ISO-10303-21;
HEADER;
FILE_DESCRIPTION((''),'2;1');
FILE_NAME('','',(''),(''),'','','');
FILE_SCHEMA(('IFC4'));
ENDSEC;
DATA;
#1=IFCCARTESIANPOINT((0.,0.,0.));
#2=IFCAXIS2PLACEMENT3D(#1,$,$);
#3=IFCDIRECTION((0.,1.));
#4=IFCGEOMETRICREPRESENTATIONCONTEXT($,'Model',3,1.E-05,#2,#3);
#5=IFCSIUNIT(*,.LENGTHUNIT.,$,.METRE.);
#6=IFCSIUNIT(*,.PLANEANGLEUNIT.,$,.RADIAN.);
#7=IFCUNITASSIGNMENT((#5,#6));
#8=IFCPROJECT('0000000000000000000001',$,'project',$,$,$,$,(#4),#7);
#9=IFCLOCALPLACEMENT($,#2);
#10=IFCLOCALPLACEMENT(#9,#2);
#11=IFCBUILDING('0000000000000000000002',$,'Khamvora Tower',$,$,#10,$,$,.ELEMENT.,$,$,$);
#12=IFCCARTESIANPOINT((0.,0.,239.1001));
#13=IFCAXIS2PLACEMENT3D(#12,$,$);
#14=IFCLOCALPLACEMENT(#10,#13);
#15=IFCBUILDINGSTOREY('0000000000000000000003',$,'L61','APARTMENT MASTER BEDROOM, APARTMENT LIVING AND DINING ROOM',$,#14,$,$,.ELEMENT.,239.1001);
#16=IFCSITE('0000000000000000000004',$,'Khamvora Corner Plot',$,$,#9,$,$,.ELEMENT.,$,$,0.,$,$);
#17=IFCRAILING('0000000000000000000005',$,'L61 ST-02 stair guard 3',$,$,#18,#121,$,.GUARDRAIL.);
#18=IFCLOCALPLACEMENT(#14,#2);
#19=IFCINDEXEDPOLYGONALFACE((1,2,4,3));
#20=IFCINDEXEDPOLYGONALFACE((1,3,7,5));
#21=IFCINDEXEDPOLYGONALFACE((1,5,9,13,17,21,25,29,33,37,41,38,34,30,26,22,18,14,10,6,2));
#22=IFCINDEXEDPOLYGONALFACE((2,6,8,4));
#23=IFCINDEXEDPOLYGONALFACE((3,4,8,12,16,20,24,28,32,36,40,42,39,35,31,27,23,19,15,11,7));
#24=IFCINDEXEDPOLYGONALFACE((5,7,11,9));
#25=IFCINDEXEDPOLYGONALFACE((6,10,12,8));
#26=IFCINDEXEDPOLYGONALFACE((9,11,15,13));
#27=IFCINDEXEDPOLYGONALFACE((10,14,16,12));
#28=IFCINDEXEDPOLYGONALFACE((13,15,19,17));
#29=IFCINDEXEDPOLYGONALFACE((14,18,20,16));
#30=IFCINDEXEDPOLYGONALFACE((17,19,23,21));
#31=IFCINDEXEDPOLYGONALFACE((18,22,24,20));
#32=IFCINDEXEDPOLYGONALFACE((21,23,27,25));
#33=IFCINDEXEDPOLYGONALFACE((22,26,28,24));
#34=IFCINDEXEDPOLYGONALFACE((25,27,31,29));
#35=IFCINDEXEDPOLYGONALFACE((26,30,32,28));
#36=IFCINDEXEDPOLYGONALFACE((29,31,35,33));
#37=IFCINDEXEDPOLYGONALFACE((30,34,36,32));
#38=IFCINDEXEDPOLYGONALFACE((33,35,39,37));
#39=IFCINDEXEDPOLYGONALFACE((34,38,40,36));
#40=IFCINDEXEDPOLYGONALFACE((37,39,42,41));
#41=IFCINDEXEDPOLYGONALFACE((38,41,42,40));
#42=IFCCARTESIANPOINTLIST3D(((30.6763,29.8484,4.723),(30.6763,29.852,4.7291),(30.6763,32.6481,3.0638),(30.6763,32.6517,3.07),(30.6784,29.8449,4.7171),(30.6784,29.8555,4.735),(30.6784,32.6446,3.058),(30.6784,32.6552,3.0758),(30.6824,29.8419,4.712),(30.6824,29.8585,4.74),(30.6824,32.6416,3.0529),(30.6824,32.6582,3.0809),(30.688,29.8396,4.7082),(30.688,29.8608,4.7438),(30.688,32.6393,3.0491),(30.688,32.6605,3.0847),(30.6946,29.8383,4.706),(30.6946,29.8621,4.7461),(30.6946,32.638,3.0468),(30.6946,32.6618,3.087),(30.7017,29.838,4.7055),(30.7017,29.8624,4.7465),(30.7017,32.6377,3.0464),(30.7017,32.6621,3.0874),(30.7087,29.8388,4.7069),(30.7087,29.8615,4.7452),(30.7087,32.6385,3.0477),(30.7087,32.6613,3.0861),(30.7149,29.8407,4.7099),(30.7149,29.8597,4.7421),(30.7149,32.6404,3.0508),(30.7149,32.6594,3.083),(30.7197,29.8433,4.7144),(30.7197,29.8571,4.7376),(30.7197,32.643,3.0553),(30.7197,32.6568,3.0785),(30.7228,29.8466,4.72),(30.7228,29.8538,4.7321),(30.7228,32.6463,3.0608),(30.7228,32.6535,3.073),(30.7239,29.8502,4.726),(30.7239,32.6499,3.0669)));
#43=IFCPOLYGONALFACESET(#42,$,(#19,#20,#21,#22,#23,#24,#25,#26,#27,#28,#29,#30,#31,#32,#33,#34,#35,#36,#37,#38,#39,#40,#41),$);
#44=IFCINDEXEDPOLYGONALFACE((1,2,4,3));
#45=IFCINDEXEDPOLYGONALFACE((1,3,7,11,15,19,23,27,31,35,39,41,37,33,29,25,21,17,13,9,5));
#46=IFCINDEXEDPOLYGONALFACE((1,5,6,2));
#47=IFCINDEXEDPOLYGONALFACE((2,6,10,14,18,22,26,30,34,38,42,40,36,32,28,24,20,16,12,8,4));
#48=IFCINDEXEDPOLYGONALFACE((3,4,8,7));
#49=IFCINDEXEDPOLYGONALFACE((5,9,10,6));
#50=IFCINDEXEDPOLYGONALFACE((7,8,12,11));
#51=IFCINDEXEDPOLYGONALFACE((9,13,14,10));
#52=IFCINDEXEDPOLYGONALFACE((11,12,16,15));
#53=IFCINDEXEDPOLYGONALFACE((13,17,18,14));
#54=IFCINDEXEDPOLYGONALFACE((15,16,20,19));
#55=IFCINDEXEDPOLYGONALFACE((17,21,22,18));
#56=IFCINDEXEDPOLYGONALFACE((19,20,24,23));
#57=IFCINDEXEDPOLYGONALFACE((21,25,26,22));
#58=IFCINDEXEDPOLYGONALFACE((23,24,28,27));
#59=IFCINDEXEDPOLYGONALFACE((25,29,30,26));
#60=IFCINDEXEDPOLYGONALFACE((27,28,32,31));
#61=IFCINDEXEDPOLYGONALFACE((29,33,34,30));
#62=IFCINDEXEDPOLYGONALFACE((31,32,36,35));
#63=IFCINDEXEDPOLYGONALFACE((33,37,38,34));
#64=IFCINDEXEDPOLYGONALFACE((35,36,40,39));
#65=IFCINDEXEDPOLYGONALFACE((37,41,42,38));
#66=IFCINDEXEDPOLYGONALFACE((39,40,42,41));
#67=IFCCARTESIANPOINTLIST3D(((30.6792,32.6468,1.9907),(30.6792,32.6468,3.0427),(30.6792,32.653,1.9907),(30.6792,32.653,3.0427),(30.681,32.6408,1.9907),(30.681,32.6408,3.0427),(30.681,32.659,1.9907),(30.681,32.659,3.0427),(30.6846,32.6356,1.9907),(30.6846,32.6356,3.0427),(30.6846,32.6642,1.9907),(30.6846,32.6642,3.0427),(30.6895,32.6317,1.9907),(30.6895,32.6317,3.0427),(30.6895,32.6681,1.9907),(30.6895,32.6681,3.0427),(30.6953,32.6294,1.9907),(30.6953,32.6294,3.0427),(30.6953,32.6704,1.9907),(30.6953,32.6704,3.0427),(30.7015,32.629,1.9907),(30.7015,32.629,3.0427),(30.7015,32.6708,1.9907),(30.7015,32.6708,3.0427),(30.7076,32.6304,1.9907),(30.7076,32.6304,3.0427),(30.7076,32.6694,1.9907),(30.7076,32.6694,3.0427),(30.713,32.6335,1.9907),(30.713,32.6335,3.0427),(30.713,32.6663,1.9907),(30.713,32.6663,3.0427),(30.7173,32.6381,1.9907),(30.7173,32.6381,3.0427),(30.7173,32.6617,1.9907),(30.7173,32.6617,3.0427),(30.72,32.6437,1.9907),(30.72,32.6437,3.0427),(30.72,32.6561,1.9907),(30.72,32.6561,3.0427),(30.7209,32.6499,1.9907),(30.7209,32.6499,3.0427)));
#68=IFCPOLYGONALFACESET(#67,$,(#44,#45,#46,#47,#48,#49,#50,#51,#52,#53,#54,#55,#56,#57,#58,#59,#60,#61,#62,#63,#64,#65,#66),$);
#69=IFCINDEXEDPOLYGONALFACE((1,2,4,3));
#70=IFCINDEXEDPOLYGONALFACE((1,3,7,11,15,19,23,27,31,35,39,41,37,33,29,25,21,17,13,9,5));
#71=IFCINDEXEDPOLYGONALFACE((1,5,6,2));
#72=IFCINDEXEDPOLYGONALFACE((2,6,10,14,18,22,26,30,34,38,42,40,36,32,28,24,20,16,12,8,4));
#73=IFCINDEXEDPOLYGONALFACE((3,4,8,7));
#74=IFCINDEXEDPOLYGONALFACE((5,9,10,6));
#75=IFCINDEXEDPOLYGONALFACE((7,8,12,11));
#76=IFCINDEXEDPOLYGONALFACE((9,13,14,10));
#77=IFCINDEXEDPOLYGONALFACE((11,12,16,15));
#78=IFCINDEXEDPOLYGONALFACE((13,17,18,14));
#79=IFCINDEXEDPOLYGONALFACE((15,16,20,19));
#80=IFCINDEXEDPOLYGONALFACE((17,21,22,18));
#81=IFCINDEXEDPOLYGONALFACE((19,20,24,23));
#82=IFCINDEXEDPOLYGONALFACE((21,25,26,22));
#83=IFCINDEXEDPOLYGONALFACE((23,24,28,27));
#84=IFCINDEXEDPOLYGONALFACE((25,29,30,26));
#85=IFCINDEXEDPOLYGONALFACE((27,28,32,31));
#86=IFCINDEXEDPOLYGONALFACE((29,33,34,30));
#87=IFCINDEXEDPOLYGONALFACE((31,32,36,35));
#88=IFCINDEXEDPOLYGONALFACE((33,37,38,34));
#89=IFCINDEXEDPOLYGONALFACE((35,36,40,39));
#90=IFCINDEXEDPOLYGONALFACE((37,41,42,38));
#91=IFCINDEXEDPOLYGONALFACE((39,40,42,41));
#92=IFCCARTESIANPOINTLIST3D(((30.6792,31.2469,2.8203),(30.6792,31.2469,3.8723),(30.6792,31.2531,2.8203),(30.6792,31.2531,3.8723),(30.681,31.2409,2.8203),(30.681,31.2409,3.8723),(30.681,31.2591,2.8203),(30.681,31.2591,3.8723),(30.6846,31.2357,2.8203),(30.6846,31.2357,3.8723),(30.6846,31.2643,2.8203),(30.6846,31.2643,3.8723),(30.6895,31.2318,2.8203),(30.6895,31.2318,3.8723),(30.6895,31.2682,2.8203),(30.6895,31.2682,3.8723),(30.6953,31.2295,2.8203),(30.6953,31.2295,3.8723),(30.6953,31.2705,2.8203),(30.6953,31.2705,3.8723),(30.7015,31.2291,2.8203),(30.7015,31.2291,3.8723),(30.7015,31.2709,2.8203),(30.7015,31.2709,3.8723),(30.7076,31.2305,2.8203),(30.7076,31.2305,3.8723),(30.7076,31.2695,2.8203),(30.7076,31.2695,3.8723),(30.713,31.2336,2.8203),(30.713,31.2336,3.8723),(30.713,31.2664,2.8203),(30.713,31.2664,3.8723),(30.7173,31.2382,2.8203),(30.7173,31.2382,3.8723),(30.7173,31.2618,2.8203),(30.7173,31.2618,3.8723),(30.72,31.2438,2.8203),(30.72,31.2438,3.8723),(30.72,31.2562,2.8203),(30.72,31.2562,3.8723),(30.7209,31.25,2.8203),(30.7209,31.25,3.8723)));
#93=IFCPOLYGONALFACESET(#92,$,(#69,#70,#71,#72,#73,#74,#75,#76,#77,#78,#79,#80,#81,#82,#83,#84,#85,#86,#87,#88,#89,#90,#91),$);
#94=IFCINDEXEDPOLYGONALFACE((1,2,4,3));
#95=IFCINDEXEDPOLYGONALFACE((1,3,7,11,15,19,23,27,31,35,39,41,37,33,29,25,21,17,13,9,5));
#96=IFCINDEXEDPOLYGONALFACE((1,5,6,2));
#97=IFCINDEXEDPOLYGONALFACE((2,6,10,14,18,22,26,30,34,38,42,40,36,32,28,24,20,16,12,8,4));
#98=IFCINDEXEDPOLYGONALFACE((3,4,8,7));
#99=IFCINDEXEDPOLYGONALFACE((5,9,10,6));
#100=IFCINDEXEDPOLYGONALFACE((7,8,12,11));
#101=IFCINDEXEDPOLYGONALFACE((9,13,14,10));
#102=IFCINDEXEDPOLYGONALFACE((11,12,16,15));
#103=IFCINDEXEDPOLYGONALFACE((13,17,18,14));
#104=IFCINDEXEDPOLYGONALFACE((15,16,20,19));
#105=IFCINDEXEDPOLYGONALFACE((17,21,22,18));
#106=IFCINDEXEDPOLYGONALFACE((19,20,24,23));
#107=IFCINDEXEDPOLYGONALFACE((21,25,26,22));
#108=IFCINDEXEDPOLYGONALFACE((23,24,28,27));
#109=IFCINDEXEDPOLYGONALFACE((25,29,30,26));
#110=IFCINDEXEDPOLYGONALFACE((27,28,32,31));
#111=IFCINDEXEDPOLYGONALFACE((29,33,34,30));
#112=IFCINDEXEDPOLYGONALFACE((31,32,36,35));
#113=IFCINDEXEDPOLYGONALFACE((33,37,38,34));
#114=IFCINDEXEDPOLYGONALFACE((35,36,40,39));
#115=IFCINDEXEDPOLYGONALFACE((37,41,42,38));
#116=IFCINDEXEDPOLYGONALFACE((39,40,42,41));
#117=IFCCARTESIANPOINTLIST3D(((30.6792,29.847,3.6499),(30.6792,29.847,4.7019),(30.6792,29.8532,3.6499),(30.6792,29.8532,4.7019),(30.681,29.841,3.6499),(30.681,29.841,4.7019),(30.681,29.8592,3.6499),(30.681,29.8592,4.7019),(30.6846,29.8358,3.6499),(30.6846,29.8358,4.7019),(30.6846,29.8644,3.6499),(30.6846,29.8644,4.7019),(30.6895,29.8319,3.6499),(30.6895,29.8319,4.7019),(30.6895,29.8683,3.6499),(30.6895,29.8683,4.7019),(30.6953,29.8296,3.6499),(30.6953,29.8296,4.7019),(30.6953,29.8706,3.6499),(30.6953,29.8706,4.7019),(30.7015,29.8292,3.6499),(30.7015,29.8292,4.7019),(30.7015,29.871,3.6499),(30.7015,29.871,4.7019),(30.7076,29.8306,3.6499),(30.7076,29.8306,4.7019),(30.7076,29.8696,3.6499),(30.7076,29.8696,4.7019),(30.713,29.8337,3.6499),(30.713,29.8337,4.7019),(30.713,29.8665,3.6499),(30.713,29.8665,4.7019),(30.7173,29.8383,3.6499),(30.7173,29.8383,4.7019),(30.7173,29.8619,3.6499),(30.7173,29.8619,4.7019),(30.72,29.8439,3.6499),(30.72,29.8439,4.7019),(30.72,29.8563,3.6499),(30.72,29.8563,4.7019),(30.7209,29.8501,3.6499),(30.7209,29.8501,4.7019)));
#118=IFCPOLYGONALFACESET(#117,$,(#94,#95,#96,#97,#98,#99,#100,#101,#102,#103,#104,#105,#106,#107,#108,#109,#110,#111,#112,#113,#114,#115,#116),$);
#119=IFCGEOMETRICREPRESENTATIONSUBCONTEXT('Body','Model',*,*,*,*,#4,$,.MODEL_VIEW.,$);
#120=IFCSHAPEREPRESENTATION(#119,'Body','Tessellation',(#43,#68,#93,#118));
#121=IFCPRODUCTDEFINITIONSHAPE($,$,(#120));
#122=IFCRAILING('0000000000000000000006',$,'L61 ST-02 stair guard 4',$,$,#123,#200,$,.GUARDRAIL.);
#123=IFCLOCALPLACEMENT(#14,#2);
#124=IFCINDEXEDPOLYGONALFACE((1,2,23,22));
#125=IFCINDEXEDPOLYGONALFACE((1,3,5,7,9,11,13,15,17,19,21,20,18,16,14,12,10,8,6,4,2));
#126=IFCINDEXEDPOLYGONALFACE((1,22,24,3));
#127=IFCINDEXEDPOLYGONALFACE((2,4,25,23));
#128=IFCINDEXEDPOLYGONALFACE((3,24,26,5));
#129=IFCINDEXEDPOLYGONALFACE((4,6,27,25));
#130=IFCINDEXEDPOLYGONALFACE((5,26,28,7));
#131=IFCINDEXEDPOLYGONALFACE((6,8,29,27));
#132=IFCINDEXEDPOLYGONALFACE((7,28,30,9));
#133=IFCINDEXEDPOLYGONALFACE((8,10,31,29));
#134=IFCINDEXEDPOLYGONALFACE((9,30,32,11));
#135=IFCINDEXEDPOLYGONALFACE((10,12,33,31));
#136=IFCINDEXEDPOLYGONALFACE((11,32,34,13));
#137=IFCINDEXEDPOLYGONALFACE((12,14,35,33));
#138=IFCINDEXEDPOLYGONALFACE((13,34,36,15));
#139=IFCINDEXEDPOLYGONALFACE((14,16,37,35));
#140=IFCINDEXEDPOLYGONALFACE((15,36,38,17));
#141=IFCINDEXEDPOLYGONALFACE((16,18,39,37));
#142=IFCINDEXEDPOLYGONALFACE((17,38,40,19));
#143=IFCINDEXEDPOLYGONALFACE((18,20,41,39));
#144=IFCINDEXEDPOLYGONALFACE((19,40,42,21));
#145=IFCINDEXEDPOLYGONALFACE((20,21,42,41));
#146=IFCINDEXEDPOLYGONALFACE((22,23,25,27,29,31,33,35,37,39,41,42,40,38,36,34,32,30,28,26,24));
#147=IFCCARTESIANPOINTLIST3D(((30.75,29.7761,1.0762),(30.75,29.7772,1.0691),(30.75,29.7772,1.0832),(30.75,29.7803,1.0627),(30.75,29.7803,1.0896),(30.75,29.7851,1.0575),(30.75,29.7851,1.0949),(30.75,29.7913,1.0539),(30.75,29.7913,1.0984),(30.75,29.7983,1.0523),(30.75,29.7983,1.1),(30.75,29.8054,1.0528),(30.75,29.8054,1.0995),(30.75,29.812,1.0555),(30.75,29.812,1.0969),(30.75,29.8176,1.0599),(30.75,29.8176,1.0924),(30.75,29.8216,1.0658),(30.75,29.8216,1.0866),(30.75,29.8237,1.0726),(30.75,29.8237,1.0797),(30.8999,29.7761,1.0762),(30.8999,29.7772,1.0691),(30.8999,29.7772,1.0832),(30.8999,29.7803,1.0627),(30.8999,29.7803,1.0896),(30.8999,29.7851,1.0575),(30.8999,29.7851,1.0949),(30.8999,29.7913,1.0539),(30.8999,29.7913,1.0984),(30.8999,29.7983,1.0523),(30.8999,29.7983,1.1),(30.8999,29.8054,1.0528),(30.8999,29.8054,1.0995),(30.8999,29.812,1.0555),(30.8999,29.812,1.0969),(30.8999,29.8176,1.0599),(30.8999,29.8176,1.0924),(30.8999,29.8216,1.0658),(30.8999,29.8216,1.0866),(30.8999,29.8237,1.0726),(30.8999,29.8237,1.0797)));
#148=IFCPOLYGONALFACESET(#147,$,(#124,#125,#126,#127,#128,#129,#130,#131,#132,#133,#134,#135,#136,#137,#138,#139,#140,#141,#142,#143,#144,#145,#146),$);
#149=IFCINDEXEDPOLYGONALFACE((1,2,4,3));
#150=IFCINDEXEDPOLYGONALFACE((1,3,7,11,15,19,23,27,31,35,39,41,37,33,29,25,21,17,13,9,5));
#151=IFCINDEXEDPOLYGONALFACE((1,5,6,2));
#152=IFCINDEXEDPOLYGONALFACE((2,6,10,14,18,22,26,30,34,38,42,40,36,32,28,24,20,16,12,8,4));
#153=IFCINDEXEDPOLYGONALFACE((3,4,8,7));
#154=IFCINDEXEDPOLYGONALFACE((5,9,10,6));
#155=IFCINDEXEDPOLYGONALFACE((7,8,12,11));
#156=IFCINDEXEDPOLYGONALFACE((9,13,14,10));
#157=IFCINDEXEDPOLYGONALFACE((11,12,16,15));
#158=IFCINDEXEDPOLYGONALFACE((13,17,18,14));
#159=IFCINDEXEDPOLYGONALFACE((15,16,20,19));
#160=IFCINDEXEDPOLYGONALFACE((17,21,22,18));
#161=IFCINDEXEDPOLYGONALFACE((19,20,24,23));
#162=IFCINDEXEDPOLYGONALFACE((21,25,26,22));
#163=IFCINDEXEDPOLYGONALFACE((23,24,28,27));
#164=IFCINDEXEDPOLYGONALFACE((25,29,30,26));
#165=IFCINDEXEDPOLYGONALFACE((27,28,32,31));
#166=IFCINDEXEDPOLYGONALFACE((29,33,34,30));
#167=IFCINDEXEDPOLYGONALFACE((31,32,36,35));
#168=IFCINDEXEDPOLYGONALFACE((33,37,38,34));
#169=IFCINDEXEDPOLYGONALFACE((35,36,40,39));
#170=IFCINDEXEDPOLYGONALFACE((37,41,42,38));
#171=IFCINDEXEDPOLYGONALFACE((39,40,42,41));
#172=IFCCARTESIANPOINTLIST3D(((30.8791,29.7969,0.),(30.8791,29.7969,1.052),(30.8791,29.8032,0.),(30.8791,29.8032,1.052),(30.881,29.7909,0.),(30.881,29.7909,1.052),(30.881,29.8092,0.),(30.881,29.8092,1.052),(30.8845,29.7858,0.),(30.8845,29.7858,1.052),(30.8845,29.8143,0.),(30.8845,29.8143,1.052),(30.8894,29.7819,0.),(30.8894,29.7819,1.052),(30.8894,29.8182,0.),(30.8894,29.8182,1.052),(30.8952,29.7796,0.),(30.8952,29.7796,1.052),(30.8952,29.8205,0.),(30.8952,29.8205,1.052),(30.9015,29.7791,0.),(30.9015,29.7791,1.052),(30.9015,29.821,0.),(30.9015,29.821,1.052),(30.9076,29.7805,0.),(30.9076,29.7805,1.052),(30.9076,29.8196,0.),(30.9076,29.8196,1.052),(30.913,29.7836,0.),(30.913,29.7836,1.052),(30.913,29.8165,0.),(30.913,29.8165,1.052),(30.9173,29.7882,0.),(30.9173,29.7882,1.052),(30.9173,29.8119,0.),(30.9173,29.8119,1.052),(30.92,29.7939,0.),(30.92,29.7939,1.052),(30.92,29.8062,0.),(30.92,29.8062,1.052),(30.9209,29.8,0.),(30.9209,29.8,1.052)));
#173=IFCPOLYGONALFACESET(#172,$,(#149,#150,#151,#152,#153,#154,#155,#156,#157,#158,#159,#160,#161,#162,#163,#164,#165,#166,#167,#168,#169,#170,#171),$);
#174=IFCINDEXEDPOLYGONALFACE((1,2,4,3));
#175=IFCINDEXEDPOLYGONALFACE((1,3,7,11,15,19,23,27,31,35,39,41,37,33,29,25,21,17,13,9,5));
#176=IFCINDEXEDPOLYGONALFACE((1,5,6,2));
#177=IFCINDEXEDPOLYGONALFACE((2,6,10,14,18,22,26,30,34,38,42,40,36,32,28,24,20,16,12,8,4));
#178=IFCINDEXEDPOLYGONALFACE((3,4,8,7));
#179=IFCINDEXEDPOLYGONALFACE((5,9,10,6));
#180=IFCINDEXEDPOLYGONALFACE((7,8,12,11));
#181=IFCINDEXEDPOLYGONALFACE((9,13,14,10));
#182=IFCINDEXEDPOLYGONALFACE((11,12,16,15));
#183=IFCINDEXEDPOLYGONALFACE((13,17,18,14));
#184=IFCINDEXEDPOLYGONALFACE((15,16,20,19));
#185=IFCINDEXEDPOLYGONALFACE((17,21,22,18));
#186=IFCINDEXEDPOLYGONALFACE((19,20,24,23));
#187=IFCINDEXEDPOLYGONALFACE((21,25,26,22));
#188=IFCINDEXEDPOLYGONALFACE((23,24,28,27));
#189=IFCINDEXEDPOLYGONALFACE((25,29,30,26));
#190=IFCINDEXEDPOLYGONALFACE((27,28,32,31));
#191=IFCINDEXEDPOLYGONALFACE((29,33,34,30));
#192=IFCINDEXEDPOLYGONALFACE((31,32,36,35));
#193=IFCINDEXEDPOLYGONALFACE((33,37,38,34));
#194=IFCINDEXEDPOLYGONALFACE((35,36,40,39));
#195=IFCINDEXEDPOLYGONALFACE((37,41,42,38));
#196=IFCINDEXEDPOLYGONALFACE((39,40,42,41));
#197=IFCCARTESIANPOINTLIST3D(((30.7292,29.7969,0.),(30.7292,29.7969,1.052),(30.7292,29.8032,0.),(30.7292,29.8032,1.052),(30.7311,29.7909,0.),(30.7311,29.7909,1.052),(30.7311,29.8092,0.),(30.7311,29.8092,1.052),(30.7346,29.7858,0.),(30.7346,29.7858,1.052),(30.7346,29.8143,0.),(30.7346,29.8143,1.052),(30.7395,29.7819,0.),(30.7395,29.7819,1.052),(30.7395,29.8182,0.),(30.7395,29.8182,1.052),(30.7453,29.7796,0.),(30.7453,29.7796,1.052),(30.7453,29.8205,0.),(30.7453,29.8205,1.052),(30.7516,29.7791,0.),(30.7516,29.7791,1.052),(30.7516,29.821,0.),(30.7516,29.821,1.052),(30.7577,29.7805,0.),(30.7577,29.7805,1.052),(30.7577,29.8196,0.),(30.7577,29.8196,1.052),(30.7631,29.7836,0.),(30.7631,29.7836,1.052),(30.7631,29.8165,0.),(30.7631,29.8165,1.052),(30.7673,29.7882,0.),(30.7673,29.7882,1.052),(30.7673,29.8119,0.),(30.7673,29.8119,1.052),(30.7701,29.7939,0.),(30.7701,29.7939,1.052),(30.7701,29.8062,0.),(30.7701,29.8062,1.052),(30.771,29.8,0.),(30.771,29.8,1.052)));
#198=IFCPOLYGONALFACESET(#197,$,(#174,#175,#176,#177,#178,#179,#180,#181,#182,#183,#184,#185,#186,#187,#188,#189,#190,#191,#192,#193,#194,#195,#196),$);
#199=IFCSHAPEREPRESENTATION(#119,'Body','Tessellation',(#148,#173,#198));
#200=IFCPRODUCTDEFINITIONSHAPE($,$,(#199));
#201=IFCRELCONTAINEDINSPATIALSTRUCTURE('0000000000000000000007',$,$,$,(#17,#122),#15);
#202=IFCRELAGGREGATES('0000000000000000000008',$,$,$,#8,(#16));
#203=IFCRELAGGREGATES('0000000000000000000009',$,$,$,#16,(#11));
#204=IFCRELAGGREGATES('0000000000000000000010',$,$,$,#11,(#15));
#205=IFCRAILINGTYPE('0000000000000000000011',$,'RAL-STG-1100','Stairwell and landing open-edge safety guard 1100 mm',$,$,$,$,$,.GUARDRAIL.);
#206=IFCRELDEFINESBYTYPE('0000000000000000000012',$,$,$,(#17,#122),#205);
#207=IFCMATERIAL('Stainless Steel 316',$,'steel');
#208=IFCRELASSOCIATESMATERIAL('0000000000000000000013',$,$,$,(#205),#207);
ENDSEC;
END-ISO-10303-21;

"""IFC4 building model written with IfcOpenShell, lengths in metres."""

from ifc_helpers import new_model, si_unit, direction, frame, origin, origin_2d, place, context, subcontext, project, spatial, circle, extrude, material, type_object, element, save


model = new_model("IFC4")

# Units and contexts
model_context = context("Model", 3, precision=1e-05, world=origin(), true_north=direction((0.0, 1.0)))
body_context = subcontext(model_context, "Body", "Model", "MODEL_VIEW")
ifc_project = project(units=[si_unit("LENGTHUNIT", "METRE"), si_unit("PLANEANGLEUNIT", "RADIAN")], contexts=[model_context])

# Site, building, storey
site_placement = place(None, origin())
site = spatial("IfcSite", under=ifc_project, at=site_placement, Name="Khamvora Corner Plot", CompositionType="ELEMENT", RefElevation=0.0)
building_placement = place(site_placement, origin())
building = spatial("IfcBuilding", under=site, at=building_placement, Name="Khamvora Tower", CompositionType="ELEMENT")
storey_placement = place(building_placement, frame((0.0, 0.0, 239.1001)))
storey = spatial("IfcBuildingStorey", under=building, at=storey_placement, Name="L61", Description="APARTMENT MASTER BEDROOM, APARTMENT LIVING AND DINING ROOM", CompositionType="ELEMENT", Elevation=239.1001)

# Railings
ifc_material_1 = material(Name="Stainless Steel 316", Category="steel")
railing_type_1 = type_object("IfcRailingType", Name="RAL-STG-1100", Description="Stairwell and landing open-edge safety guard 1100 mm", PredefinedType="GUARDRAIL", material=ifc_material_1)
railing_1_placement = place(storey_placement, frame((30.7, 32.6499, 1.9907)))
element("IfcRailing", 1, at=railing_1_placement, inside=storey, type_object=railing_type_1, Name="L61 ST-02 stair guard 3", PredefinedType="GUARDRAIL", context=body_context, shape_type="SweptSolid", body=[
    extrude(circle(Radius=0.0239, at=origin_2d()), frame((0.0, 0.0, 1.0762), z_axis=(0.0, -0.860287, 0.509811), x_axis=(1.0, 0.0, 0.0)), (0.0, 0.0, 1.0), 3.2544),
    extrude(circle(Radius=0.021, at=origin_2d()), origin(), (0.0, 0.0, 1.0), 1.052),
    extrude(circle(Radius=0.021, at=origin_2d()), frame((0.0, -1.3999, 0.8296)), (0.0, 0.0, 1.0), 1.052),
    extrude(circle(Radius=0.021, at=origin_2d()), frame((0.0, -2.7998, 1.6592)), (0.0, 0.0, 1.0), 1.052),
])
railing_2_placement = place(storey_placement, frame((30.8999, 29.8, 0.0)))
element("IfcRailing", 2, at=railing_2_placement, inside=storey, type_object=railing_type_1, Name="L61 ST-02 stair guard 4", PredefinedType="GUARDRAIL", context=body_context, shape_type="SweptSolid", body=[
    extrude(circle(Radius=0.0239, at=origin_2d()), frame((0.0, 0.0, 1.0762), z_axis=(-1.0, 0.0, 0.0), x_axis=(0.0, -1.0, 0.0)), (0.0, 0.0, 1.0), 0.1499),
    extrude(circle(Radius=0.021, at=origin_2d()), origin(), (0.0, 0.0, 1.0), 1.052),
    extrude(circle(Radius=0.021, at=origin_2d()), frame((-0.1499, 0.0, 0.0)), (0.0, 0.0, 1.0), 1.052),
])

save(model, "model.ifc")
